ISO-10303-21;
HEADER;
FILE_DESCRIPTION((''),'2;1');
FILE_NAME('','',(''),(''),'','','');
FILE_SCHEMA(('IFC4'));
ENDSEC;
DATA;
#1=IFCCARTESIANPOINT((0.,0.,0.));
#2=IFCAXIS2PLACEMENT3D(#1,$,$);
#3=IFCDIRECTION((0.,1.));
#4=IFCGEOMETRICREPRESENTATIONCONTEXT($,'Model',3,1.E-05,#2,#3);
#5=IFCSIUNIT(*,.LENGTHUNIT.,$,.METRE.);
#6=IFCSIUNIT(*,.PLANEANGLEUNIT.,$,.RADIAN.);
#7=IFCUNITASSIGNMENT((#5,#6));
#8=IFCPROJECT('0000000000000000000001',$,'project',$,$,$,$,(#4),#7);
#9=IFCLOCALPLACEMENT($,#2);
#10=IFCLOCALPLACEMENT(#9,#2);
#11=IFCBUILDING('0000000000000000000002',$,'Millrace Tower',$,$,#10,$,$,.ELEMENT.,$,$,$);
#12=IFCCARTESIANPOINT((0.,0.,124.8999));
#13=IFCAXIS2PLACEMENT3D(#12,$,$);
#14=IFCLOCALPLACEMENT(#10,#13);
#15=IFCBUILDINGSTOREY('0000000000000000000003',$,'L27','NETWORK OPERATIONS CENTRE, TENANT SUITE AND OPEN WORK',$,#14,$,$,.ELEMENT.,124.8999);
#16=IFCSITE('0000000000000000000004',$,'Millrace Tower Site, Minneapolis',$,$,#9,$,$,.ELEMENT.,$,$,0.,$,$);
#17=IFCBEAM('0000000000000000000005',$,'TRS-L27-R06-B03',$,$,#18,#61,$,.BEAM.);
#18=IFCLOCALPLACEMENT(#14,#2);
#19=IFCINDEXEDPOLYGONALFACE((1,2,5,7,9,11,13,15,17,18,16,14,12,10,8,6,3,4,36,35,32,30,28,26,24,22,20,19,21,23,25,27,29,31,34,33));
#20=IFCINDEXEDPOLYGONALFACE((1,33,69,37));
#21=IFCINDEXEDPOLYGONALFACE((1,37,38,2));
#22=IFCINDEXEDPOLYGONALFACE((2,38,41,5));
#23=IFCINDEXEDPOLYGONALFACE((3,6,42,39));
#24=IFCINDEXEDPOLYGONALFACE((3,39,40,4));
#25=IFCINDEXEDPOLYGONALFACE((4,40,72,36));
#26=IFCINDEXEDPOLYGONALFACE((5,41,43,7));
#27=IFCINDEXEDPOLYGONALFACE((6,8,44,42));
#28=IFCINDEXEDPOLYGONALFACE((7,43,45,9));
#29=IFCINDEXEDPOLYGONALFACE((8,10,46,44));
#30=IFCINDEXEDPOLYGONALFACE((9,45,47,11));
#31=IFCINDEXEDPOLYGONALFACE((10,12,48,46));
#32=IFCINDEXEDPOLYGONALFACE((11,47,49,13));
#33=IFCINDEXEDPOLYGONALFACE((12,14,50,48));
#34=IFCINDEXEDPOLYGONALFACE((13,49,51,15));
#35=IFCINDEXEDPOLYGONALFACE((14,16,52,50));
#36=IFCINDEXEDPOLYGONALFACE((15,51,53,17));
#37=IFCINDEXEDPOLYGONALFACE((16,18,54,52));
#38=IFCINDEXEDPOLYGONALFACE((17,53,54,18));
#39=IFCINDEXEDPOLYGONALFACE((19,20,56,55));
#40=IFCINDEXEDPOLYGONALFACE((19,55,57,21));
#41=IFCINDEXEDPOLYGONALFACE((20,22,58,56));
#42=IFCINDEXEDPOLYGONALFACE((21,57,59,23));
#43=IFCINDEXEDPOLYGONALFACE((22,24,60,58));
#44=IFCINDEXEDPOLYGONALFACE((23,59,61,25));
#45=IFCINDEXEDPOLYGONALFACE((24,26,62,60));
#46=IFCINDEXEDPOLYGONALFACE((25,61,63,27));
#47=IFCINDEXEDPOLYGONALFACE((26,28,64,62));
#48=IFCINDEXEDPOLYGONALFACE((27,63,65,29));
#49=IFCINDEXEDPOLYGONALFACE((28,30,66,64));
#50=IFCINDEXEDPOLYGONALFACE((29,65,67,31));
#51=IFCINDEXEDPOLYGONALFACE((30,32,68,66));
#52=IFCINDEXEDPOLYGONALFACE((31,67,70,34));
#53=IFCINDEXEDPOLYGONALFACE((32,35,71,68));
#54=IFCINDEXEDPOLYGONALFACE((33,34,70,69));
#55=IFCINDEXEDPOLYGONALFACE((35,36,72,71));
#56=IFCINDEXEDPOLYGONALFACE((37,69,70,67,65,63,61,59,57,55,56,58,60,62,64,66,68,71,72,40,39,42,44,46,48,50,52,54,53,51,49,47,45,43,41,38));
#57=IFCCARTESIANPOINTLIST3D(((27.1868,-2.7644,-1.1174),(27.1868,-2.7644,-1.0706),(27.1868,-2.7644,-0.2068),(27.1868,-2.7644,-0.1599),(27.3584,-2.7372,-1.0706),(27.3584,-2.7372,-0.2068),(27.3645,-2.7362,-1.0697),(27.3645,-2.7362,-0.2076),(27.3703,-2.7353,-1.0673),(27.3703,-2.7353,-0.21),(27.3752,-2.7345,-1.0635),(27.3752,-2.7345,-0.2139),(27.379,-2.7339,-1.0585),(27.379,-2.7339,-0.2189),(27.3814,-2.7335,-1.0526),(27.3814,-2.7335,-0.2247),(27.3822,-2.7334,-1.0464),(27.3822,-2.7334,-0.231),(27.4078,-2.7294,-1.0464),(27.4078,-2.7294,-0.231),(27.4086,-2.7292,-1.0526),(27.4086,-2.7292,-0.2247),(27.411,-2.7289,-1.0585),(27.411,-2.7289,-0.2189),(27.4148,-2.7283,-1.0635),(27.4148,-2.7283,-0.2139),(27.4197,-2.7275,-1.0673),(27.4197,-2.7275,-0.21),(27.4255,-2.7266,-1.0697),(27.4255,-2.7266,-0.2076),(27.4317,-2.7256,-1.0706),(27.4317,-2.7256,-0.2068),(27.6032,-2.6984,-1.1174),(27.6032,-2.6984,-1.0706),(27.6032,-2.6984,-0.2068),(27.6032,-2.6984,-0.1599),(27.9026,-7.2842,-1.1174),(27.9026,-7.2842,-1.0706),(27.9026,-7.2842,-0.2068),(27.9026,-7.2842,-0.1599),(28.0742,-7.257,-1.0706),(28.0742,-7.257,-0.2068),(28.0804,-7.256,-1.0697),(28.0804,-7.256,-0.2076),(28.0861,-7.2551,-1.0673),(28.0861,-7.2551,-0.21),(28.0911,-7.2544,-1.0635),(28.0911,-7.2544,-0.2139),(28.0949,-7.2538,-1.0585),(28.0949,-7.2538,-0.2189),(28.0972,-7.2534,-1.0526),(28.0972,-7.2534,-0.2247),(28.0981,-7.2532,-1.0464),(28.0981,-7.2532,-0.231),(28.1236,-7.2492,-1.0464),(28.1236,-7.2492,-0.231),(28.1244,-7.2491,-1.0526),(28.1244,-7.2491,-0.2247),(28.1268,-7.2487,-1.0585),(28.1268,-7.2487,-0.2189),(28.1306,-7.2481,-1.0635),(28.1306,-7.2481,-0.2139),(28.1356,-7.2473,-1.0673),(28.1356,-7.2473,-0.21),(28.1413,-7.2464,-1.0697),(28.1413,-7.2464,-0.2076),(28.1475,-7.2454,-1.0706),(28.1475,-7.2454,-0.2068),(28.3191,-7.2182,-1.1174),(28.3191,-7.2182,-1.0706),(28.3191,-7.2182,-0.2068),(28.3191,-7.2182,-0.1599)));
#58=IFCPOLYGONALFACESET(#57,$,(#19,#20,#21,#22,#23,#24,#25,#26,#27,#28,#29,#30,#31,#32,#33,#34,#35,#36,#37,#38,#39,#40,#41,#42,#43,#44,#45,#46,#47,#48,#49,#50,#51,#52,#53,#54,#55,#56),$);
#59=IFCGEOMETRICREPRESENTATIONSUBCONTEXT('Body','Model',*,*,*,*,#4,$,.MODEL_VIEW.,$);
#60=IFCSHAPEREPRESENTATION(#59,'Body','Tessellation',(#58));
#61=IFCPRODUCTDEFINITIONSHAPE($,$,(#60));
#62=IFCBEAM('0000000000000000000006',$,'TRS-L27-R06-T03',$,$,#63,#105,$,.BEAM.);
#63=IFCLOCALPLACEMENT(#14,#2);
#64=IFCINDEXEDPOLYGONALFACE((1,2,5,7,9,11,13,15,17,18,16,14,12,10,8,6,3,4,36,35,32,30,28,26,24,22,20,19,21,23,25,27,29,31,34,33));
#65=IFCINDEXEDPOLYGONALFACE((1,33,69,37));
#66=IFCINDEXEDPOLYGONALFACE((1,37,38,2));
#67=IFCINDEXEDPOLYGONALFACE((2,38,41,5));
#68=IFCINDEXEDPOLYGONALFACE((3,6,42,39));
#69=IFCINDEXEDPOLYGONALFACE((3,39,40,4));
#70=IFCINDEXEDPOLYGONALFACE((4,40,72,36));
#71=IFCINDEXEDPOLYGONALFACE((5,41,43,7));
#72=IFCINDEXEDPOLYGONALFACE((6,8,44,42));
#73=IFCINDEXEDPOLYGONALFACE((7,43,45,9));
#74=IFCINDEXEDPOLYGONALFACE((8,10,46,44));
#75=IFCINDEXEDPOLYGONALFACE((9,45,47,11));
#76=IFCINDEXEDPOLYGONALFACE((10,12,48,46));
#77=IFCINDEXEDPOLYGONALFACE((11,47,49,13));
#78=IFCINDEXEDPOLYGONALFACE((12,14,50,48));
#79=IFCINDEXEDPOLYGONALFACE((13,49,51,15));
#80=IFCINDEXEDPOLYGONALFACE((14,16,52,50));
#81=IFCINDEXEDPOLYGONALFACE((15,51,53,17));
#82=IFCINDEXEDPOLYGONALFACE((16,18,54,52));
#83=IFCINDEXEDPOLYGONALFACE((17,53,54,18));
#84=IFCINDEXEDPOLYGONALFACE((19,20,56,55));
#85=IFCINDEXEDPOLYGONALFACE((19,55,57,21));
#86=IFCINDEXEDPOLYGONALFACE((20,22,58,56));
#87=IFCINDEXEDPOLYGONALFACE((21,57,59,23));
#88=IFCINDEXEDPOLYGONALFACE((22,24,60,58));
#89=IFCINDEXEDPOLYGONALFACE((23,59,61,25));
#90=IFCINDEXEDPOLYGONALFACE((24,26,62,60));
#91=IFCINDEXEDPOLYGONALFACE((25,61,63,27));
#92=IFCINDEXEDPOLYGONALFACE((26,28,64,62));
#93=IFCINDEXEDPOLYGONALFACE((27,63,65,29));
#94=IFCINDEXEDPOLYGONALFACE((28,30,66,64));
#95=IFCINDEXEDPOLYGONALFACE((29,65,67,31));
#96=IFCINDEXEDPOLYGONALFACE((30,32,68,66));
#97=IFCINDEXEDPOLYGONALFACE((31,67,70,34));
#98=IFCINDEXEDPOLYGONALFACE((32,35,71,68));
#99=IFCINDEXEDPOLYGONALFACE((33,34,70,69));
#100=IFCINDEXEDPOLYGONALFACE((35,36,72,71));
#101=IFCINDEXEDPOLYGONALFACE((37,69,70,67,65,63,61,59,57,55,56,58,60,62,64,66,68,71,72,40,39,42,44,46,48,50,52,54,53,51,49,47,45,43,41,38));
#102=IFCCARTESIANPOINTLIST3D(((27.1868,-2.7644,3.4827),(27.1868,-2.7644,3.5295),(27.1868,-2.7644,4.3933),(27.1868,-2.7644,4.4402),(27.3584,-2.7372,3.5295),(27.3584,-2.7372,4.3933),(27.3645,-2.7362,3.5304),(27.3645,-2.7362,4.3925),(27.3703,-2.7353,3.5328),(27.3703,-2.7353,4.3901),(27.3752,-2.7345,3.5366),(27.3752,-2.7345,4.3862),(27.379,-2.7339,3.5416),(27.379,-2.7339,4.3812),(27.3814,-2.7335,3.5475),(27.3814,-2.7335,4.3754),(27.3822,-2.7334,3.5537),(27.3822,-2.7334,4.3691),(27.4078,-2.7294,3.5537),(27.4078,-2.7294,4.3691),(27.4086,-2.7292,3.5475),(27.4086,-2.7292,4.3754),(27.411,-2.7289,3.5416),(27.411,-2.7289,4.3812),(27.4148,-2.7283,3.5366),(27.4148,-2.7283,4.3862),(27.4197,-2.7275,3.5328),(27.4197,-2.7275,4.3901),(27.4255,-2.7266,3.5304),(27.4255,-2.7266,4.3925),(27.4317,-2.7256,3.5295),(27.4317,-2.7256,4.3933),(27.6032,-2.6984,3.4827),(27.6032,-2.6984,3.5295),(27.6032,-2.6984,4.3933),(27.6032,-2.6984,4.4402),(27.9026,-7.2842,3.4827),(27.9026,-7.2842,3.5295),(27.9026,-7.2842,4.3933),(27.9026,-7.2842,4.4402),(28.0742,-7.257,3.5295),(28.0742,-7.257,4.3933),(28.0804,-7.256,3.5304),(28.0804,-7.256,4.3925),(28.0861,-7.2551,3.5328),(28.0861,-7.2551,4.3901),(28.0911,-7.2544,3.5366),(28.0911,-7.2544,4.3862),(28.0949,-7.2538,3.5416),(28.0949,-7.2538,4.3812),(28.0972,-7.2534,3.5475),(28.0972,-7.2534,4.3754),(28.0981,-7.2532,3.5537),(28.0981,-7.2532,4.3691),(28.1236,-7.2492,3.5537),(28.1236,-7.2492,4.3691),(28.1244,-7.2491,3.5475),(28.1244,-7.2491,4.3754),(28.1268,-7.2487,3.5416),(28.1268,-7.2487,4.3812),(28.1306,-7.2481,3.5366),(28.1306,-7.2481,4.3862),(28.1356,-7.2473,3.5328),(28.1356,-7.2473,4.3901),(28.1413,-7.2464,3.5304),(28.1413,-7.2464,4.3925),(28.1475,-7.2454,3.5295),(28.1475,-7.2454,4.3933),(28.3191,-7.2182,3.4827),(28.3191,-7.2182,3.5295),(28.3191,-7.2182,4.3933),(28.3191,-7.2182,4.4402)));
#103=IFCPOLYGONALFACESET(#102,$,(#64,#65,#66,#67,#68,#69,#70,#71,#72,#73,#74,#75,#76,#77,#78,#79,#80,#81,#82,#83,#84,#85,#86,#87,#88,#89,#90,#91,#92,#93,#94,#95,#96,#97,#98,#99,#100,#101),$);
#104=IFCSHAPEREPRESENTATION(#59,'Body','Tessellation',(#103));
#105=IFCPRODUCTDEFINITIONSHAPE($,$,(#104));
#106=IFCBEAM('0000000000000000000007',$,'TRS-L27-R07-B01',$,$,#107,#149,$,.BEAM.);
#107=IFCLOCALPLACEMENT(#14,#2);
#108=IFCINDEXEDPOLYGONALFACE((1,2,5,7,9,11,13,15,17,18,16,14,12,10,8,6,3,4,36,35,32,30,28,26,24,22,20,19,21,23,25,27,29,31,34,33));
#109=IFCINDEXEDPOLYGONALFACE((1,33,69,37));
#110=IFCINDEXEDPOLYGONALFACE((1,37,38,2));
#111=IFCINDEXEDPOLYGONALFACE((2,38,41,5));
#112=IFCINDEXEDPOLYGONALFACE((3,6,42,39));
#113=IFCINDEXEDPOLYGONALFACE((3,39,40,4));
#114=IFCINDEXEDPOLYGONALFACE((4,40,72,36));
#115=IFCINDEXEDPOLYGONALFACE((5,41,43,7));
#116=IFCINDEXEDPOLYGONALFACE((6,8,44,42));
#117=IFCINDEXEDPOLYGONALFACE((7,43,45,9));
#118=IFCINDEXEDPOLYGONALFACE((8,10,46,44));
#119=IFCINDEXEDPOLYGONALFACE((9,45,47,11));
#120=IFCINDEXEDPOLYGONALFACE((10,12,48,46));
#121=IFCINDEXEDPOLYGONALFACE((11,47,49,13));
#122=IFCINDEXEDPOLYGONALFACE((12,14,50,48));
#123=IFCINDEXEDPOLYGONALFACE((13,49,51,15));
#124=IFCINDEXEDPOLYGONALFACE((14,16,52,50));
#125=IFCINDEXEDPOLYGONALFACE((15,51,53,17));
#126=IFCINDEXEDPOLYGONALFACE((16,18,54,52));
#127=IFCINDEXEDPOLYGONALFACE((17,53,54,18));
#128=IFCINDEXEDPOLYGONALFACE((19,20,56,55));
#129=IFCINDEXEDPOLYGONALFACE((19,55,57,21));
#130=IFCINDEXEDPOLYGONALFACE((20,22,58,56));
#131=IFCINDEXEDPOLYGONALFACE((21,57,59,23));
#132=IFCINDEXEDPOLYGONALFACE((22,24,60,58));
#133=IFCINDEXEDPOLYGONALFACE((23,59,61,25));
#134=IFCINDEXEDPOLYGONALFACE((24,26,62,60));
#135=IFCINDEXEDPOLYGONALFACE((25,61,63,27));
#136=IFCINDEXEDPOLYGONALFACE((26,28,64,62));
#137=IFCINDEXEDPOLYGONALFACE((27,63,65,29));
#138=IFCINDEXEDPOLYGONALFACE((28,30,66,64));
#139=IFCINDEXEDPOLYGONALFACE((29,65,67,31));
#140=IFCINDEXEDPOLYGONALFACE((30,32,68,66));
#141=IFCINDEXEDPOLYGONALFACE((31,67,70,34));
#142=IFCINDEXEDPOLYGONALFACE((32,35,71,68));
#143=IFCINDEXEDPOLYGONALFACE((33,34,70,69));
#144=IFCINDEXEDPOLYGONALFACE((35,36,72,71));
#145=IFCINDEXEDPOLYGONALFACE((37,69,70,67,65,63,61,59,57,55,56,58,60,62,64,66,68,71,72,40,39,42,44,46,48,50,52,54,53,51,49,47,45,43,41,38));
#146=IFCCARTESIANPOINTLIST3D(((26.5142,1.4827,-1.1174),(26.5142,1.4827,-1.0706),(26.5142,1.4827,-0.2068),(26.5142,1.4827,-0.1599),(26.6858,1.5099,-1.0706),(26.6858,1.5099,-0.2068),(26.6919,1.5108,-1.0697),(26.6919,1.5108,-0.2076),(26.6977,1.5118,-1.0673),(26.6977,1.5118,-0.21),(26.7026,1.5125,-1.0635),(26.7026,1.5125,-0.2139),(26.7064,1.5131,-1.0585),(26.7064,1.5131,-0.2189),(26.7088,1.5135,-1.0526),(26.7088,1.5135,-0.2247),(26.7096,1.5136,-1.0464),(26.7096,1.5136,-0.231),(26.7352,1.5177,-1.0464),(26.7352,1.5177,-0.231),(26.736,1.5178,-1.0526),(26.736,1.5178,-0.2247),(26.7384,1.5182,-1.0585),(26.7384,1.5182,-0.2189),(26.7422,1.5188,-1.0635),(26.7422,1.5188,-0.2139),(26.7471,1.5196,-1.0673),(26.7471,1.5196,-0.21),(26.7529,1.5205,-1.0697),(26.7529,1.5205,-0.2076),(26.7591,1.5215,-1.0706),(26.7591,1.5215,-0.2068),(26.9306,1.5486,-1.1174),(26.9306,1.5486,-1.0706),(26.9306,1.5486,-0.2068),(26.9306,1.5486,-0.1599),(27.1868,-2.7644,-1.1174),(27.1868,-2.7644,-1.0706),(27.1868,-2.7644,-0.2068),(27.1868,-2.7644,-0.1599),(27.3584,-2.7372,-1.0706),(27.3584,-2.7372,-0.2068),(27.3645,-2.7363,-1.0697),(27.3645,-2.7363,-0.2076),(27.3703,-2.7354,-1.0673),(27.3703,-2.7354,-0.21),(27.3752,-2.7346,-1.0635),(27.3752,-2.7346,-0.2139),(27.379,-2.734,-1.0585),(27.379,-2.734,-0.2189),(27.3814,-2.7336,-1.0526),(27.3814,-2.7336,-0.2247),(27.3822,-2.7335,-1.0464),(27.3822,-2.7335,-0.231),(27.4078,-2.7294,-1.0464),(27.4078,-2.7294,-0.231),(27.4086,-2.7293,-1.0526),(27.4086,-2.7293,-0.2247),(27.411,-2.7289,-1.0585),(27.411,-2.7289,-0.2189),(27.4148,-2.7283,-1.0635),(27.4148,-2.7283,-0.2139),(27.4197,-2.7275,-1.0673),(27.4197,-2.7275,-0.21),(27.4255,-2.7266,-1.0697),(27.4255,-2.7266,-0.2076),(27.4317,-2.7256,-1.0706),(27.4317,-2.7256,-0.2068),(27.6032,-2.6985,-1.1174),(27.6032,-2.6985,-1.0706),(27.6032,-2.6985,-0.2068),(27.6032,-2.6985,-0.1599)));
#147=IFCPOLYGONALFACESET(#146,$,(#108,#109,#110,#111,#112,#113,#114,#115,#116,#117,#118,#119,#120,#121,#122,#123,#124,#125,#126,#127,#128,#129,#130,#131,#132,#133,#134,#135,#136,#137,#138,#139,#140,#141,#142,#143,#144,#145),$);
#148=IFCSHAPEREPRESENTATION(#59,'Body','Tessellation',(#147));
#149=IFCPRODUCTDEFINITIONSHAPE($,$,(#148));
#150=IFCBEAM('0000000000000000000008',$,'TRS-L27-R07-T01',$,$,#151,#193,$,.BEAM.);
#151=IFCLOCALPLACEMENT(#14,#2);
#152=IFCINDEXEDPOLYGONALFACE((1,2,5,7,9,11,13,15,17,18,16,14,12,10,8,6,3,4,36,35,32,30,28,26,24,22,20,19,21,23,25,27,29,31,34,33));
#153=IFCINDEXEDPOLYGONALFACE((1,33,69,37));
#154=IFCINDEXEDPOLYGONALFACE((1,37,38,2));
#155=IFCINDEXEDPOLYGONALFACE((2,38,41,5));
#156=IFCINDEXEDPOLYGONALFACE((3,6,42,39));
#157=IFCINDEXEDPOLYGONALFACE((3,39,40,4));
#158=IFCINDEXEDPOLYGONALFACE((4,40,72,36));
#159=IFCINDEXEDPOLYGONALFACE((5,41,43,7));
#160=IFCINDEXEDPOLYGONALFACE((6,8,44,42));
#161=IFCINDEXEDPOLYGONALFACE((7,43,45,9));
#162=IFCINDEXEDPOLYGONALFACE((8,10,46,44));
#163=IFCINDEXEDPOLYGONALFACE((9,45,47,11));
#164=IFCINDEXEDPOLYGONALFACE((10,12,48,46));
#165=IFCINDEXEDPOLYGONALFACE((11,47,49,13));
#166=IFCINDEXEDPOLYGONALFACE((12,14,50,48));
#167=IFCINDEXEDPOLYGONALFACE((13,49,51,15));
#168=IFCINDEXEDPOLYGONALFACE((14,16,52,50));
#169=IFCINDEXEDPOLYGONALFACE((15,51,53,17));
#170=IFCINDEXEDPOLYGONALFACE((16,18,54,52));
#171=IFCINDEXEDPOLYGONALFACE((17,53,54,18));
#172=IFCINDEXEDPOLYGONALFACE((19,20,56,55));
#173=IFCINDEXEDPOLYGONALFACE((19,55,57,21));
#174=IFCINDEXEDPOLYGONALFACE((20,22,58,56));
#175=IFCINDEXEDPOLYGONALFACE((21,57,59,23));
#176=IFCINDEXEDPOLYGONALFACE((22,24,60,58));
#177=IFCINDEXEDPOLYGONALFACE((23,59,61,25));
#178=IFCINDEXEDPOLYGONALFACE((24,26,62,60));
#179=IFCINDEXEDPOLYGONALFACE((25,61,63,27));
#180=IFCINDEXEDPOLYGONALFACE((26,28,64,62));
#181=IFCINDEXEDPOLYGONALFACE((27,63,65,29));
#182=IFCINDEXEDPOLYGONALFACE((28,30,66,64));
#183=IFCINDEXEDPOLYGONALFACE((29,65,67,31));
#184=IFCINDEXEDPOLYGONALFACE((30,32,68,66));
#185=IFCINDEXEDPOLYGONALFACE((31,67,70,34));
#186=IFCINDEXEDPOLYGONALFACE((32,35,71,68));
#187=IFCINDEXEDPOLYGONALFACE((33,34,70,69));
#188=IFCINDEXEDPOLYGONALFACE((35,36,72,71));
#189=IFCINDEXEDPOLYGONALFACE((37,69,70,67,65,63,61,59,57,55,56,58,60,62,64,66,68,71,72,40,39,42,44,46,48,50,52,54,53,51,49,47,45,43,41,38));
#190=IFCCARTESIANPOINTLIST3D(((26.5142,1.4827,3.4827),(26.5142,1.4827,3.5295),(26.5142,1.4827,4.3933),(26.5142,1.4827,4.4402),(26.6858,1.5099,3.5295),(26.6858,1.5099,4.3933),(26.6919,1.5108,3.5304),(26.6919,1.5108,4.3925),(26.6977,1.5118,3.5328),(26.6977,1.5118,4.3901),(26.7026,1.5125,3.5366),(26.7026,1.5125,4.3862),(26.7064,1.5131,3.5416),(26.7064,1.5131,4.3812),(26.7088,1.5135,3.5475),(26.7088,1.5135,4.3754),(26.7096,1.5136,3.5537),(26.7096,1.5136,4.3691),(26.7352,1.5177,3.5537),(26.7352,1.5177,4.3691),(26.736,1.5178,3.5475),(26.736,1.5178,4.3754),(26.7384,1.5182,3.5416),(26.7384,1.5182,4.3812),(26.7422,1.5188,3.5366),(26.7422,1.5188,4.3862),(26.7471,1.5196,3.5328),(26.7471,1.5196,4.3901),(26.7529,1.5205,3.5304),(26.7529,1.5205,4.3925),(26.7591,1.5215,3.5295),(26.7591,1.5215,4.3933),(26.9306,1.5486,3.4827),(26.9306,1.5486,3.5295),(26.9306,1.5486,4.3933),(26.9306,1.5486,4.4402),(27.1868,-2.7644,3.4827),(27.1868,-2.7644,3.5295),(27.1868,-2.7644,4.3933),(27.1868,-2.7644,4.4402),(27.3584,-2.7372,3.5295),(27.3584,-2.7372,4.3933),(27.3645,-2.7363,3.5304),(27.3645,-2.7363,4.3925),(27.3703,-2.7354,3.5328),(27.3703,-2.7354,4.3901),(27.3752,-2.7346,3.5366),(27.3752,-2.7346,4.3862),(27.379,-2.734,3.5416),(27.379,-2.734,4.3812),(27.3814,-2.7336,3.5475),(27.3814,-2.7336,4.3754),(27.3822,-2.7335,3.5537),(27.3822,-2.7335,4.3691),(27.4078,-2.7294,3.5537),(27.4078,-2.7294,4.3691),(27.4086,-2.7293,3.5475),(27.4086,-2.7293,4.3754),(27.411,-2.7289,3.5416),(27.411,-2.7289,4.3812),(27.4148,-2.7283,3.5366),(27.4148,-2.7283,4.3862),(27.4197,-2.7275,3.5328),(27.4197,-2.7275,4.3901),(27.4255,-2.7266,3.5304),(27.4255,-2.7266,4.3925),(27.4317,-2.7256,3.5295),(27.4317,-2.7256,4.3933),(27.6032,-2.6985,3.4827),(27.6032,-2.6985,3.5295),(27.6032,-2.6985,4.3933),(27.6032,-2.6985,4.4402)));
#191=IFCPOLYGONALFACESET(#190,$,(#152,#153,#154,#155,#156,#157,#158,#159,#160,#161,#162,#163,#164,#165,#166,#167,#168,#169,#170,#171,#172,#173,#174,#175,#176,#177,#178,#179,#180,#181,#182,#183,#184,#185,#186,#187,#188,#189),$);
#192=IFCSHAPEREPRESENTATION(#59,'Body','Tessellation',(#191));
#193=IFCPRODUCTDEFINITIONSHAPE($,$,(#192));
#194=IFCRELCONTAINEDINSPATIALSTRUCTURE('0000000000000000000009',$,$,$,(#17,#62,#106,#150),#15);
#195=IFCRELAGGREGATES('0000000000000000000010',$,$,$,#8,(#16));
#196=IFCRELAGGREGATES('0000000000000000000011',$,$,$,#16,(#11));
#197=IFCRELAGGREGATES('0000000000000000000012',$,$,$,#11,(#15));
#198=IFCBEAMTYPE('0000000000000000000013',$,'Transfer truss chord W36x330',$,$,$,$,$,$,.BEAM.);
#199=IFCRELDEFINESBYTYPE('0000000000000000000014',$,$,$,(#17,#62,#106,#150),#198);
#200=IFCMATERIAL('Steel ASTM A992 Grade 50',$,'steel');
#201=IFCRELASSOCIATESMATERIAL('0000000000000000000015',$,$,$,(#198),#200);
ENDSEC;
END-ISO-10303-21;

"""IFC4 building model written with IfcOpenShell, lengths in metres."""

from ifc_helpers import new_model, si_unit, direction, frame, origin, origin_2d, place, context, subcontext, project, spatial, i_section, extrude, material, material_profile, profile_set, type_object, element, save


model = new_model("IFC4")

# Units and contexts
model_context = context("Model", 3, precision=1e-05, world=origin(), true_north=direction((0.0, 1.0)))
body_context = subcontext(model_context, "Body", "Model", "MODEL_VIEW")
ifc_project = project(units=[si_unit("LENGTHUNIT", "METRE"), si_unit("PLANEANGLEUNIT", "RADIAN")], contexts=[model_context])

# Site, building, storey
site_placement = place(None, origin())
site = spatial("IfcSite", under=ifc_project, at=site_placement, Name="Millrace Tower Site, Minneapolis", CompositionType="ELEMENT", RefElevation=0.0)
building_placement = place(site_placement, origin())
building = spatial("IfcBuilding", under=site, at=building_placement, Name="Millrace Tower", CompositionType="ELEMENT")
storey_placement = place(building_placement, frame((0.0, 0.0, 124.8999)))
storey = spatial("IfcBuildingStorey", under=building, at=storey_placement, Name="L27", Description="NETWORK OPERATIONS CENTRE, TENANT SUITE AND OPEN WORK", CompositionType="ELEMENT", Elevation=124.8999)

# Beams
ifc_material_1 = material(Name="Steel ASTM A992 Grade 50", Category="steel")
ifc_material_profile_1 = material_profile(ifc_material_1, i_section(OverallWidth=0.4216, OverallDepth=0.9575, WebThickness=0.0259, FlangeThickness=0.0469, FilletRadius=0.0242, at=origin_2d()))
ifc_profile_set_1 = profile_set([ifc_material_profile_1], Name="Steel ASTM A992 Grade 50")
beam_type_1 = type_object("IfcBeamType", Name="Transfer truss chord W36x330", PredefinedType="BEAM", material=ifc_profile_set_1)
for number, where, z_axis, x_axis, name in (
    (1, (28.1108, -7.2512, -0.6387), (-0.156426, 0.98769, 0.0), (-0.98769, -0.156426, 0.0), "TRS-L27-R06-B03"),
    (2, (28.1108, -7.2512, 3.9614), (-0.156426, 0.98769, 0.0), (-0.98769, -0.156426, 0.0), "TRS-L27-R06-T03"),
):
    element("IfcBeam", number, at=place(storey_placement, frame(where, z_axis=z_axis, x_axis=x_axis)), inside=storey, type_object=beam_type_1, Name=name, PredefinedType="BEAM", context=body_context, shape_type="SweptSolid", body=[
        extrude(i_section(OverallWidth=0.4216, OverallDepth=0.9575, WebThickness=0.0259, FlangeThickness=0.0469, FilletRadius=0.0242, at=origin_2d()), origin(), (0.0, 0.0, 1.0), 4.5762),
    ])
for number, where, z_axis, x_axis, name in (
    (3, (27.395, -2.7314, -0.6387), (-0.15642, 0.987691, 0.0), (-0.987691, -0.15642, 0.0), "TRS-L27-R07-B01"),
    (4, (27.395, -2.7314, 3.9614), (-0.15642, 0.987691, 0.0), (-0.987691, -0.15642, 0.0), "TRS-L27-R07-T01"),
):
    element("IfcBeam", number, at=place(storey_placement, frame(where, z_axis=z_axis, x_axis=x_axis)), inside=storey, type_object=beam_type_1, Name=name, PredefinedType="BEAM", context=body_context, shape_type="SweptSolid", body=[
        extrude(i_section(OverallWidth=0.4216, OverallDepth=0.9575, WebThickness=0.0259, FlangeThickness=0.0469, FilletRadius=0.0242, at=origin_2d()), origin(), (0.0, 0.0, 1.0), 4.3),
    ])

save(model, "model.ifc")
